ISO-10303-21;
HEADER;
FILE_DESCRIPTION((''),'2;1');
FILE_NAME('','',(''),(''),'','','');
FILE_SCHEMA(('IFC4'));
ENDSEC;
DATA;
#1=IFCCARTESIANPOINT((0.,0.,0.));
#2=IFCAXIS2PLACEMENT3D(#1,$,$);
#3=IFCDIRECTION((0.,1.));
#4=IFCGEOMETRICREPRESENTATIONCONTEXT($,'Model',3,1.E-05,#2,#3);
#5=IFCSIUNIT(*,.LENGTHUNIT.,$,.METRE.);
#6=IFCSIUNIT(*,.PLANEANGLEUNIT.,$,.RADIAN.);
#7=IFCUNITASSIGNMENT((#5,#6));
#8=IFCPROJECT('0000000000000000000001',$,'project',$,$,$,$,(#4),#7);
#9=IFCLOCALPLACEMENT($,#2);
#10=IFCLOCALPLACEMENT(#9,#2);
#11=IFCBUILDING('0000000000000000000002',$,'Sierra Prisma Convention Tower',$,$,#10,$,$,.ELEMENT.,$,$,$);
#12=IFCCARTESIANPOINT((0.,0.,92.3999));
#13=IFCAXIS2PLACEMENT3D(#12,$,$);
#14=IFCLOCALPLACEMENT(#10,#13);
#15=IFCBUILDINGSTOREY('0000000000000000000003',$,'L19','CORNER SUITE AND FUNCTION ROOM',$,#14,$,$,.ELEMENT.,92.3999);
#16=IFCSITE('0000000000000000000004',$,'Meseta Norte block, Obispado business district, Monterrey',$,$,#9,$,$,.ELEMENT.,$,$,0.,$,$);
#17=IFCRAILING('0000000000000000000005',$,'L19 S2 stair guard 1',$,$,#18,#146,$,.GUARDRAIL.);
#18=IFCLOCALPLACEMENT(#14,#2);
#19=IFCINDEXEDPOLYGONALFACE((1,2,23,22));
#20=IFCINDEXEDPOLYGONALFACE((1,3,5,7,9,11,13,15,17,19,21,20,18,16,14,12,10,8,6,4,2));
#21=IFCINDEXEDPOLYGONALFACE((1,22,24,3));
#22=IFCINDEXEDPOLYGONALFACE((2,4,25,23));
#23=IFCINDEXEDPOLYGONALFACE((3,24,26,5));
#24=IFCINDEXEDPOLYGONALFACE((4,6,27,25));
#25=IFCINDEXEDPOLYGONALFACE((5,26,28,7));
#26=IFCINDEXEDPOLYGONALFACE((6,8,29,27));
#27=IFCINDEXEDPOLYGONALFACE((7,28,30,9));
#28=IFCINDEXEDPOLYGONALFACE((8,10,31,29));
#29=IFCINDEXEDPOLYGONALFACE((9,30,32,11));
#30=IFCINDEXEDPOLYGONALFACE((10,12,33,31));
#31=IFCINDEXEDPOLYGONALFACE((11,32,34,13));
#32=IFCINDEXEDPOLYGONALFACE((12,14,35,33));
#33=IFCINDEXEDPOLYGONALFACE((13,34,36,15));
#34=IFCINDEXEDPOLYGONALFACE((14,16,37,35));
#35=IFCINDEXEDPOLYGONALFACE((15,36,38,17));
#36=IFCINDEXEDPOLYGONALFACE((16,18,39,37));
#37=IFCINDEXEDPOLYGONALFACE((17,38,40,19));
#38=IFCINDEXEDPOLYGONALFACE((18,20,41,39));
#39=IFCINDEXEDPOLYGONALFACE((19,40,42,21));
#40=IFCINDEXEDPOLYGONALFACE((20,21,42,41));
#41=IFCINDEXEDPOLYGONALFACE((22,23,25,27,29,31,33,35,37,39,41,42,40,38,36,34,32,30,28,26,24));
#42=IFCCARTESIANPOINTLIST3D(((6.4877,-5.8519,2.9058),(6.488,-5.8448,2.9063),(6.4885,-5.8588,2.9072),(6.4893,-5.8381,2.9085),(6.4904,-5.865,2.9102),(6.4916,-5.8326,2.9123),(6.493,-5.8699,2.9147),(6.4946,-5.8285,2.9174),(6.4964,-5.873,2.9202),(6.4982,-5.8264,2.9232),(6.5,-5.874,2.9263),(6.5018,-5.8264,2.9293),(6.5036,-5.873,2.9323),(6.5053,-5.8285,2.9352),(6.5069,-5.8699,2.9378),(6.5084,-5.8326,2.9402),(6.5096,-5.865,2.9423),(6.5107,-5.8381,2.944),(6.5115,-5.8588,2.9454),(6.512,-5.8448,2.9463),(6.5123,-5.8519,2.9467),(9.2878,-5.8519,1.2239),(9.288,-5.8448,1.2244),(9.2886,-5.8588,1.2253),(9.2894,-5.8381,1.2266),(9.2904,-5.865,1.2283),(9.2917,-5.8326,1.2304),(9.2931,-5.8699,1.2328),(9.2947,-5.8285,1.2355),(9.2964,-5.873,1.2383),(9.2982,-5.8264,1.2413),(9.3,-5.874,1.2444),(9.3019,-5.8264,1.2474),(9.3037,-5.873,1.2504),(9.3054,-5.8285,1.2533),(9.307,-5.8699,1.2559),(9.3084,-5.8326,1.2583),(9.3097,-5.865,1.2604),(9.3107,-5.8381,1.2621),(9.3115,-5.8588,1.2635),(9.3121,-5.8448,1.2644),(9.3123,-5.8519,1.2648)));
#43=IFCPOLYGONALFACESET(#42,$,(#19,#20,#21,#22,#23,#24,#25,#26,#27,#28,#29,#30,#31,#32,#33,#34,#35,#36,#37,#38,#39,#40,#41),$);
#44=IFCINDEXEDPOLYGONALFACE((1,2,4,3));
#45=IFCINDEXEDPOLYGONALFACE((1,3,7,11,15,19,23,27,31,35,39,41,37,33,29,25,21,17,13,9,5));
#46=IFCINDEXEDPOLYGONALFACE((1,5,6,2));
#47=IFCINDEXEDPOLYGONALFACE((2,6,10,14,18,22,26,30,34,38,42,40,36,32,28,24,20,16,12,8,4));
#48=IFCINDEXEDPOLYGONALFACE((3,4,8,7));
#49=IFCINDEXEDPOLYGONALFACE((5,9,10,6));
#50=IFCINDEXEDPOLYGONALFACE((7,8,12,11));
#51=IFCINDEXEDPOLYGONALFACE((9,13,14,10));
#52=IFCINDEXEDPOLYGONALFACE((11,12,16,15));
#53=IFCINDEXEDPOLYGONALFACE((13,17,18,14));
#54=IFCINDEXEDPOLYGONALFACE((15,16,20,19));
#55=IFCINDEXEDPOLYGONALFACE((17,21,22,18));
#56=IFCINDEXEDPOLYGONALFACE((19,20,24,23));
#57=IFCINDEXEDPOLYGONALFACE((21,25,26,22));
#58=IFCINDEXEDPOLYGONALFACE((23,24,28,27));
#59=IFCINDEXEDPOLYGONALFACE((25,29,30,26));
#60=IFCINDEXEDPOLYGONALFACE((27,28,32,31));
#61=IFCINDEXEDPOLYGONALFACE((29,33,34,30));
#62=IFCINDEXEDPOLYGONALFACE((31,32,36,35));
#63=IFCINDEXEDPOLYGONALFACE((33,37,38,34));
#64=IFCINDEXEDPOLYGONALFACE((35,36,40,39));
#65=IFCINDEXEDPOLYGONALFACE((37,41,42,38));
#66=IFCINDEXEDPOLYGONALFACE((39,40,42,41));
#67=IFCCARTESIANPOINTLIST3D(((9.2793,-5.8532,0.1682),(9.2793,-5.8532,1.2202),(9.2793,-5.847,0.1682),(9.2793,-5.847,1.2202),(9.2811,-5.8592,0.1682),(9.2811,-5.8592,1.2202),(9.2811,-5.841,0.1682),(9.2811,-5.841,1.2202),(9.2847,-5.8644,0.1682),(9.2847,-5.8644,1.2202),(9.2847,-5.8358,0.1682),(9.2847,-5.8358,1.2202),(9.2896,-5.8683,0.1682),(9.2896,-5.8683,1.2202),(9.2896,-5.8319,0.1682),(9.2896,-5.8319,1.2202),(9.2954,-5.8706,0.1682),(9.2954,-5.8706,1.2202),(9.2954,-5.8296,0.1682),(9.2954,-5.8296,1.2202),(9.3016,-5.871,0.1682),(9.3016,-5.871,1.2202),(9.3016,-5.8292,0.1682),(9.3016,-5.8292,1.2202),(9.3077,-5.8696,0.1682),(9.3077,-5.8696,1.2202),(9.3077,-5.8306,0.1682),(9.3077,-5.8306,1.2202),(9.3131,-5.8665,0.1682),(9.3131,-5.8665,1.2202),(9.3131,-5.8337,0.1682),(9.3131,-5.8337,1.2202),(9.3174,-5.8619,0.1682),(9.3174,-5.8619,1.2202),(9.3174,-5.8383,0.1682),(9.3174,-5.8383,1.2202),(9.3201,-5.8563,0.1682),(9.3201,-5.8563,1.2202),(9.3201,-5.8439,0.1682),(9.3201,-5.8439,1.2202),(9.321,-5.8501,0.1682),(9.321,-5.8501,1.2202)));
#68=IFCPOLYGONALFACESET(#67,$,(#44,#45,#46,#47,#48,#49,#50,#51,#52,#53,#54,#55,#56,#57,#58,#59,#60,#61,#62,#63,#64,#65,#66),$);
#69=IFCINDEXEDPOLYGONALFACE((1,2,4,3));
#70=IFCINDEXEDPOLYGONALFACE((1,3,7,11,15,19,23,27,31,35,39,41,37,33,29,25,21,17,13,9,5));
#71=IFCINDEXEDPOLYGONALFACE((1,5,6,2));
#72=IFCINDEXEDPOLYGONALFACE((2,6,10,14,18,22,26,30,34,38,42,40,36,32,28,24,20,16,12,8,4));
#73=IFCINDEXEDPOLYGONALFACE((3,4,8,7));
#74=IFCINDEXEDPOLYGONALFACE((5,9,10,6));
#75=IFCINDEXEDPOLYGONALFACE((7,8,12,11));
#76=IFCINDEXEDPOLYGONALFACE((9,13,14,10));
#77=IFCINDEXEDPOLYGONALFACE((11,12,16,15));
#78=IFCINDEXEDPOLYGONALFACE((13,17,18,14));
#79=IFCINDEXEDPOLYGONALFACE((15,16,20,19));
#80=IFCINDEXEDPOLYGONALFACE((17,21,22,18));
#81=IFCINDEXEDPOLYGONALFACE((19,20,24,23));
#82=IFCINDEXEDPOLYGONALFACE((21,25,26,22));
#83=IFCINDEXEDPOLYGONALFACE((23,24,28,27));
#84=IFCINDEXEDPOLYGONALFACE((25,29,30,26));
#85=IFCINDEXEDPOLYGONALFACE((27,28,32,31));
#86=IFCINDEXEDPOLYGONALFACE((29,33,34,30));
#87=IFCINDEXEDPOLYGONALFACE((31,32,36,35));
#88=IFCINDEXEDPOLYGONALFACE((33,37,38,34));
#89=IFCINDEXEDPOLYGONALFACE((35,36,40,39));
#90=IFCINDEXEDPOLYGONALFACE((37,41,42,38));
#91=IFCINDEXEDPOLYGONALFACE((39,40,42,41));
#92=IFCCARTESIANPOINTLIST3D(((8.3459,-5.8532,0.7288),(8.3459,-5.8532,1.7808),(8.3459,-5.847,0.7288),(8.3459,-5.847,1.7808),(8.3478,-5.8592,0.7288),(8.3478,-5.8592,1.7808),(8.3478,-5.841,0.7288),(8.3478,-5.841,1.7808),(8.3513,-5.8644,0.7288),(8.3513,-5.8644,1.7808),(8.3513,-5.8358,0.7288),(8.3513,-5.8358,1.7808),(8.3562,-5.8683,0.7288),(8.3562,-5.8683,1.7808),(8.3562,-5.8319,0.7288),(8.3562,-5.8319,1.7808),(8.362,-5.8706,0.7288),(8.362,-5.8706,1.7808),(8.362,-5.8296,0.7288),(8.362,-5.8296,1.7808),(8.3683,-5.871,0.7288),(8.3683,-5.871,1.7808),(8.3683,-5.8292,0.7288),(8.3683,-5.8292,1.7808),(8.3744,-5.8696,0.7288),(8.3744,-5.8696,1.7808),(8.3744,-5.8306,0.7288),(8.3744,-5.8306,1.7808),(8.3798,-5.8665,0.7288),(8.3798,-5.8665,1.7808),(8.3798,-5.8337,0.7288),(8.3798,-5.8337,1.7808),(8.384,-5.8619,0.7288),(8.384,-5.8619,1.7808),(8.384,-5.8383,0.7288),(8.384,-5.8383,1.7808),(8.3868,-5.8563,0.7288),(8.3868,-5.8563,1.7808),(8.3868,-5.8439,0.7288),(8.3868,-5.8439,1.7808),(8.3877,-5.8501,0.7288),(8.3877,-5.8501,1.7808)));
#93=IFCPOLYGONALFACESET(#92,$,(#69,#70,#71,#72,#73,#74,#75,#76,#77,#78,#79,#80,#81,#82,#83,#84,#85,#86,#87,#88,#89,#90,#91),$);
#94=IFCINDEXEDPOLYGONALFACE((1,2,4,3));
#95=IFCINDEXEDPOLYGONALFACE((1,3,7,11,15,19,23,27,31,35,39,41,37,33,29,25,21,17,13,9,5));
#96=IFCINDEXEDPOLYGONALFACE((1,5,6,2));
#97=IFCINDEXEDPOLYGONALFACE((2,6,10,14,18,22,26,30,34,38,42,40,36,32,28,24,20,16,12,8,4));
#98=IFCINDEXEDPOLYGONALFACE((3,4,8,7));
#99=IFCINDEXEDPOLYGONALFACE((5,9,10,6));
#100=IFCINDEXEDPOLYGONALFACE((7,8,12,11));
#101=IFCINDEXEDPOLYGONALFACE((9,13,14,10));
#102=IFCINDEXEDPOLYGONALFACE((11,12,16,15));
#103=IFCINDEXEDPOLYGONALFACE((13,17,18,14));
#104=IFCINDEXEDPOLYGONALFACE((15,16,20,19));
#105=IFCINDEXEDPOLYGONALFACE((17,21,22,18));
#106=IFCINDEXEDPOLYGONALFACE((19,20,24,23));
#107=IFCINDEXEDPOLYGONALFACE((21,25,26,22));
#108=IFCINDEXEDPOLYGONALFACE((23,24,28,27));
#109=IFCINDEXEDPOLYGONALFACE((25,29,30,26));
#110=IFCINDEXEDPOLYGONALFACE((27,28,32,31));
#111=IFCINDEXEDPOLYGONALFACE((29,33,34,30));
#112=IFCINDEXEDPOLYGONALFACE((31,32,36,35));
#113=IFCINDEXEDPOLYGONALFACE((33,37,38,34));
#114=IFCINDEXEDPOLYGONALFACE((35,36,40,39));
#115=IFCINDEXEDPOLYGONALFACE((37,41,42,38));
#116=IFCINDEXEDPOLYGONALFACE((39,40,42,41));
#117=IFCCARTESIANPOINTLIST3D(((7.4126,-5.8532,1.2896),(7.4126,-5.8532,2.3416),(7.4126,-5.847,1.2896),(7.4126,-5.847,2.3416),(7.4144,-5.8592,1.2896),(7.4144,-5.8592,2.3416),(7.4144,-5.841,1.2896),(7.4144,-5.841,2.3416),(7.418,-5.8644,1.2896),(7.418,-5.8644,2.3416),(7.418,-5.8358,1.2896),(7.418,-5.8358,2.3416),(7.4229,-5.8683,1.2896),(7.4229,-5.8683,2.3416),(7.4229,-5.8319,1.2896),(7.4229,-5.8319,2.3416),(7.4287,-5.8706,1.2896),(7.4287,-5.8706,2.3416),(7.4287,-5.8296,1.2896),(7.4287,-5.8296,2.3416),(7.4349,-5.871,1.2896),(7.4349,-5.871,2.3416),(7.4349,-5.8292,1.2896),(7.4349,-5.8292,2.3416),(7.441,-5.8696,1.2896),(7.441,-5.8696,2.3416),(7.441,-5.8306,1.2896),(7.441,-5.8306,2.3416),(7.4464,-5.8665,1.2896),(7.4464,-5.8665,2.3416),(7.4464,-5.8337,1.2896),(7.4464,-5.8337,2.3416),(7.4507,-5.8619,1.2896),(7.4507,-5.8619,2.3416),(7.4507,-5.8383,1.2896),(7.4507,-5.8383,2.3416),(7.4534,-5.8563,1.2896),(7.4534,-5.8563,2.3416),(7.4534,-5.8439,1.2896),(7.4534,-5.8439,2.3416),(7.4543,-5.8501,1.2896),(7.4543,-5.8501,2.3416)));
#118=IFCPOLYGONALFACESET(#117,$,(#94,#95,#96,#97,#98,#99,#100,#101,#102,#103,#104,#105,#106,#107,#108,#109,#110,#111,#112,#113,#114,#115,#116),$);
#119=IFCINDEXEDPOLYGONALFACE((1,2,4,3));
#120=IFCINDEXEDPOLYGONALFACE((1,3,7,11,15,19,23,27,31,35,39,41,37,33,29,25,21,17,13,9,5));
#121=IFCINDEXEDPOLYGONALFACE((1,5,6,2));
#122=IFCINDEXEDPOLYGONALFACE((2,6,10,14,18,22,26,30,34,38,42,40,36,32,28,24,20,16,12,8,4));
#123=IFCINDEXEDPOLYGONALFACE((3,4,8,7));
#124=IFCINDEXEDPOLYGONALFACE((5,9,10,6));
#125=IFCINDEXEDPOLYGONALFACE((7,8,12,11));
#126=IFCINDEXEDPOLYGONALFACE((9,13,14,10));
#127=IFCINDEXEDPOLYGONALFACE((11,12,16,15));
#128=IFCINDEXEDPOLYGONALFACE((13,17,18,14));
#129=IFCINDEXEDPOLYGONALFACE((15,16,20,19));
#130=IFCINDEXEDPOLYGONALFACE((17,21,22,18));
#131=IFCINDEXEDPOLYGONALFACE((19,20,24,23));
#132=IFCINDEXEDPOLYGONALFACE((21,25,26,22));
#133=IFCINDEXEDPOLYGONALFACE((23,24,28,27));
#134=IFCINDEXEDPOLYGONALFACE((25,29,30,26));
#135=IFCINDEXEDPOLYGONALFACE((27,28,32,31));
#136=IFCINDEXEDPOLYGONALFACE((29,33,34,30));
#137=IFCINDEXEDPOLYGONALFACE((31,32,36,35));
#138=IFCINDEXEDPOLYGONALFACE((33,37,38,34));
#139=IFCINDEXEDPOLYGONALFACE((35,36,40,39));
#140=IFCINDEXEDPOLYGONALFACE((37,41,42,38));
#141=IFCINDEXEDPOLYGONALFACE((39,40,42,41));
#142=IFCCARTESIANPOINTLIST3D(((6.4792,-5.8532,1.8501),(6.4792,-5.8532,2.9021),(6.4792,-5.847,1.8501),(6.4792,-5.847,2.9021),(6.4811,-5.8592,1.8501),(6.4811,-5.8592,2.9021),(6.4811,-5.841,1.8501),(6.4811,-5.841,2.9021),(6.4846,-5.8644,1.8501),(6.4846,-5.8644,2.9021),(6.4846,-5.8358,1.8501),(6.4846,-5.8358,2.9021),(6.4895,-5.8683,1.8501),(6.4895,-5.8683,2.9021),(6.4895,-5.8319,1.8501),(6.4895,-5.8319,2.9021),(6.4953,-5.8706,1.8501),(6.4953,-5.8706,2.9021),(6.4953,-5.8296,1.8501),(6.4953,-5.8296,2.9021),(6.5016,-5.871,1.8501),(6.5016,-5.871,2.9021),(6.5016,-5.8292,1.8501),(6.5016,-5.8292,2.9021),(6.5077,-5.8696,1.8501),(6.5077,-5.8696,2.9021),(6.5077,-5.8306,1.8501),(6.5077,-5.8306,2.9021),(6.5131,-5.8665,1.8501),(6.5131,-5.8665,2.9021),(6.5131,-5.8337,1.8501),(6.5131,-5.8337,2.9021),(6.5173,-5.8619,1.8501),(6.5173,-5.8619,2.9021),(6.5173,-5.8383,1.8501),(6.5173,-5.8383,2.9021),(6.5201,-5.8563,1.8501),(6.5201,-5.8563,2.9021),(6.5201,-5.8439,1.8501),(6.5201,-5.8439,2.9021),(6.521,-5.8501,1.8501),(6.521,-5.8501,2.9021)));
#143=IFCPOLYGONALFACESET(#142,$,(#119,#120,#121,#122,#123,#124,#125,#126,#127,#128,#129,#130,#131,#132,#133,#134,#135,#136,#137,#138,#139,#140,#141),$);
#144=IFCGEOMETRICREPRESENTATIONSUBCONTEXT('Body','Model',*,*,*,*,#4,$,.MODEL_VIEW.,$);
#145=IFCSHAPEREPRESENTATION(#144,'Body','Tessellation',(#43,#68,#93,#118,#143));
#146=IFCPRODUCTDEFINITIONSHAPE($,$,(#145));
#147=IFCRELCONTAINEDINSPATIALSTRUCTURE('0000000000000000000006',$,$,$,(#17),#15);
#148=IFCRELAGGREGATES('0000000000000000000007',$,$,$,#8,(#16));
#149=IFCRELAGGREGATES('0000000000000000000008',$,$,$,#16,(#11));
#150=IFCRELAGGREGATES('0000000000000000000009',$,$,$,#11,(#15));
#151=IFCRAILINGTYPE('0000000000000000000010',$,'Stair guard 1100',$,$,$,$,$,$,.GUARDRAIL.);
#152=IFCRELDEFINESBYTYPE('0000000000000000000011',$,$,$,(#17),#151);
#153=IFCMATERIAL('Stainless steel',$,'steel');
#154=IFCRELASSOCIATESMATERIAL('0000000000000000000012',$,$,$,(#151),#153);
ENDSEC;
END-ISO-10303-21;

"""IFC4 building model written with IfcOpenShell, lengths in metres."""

from ifc_helpers import new_model, si_unit, direction, frame, origin, origin_2d, place, context, subcontext, project, spatial, circle, extrude, material, type_object, element, save


model = new_model("IFC4")

# Units and contexts
model_context = context("Model", 3, precision=1e-05, world=origin(), true_north=direction((0.0, 1.0)))
body_context = subcontext(model_context, "Body", "Model", "MODEL_VIEW")
ifc_project = project(units=[si_unit("LENGTHUNIT", "METRE"), si_unit("PLANEANGLEUNIT", "RADIAN")], contexts=[model_context])

# Site, building, storey
site_placement = place(None, origin())
site = spatial("IfcSite", under=ifc_project, at=site_placement, Name="Meseta Norte block, Obispado business district, Monterrey", CompositionType="ELEMENT", RefElevation=0.0)
building_placement = place(site_placement, origin())
building = spatial("IfcBuilding", under=site, at=building_placement, Name="Sierra Prisma Convention Tower", CompositionType="ELEMENT")
storey_placement = place(building_placement, frame((0.0, 0.0, 92.3999)))
storey = spatial("IfcBuildingStorey", under=building, at=storey_placement, Name="L19", Description="CORNER SUITE AND FUNCTION ROOM", CompositionType="ELEMENT", Elevation=92.3999)

# Railing
ifc_material_1 = material(Name="Stainless steel", Category="steel")
railing_type_1 = type_object("IfcRailingType", Name="Stair guard 1100", PredefinedType="GUARDRAIL", material=ifc_material_1)
railing_1_placement = place(storey_placement, frame((9.3, -5.8501, 0.1682)))
element("IfcRailing", 1, at=railing_1_placement, inside=storey, type_object=railing_type_1, Name="L19 S2 stair guard 1", PredefinedType="GUARDRAIL", context=body_context, shape_type="SweptSolid", body=[
    extrude(circle(Radius=0.0239, at=origin_2d()), frame((0.0, 0.0, 1.0762), z_axis=(-0.857242, 0.0, 0.514913), x_axis=(0.0, -1.0, 0.0)), (0.0, 0.0, 1.0), 3.2664),
    extrude(circle(Radius=0.021, at=origin_2d()), origin(), (0.0, 0.0, 1.0), 1.052),
    extrude(circle(Radius=0.021, at=origin_2d()), frame((-0.9333, 0.0, 0.5605)), (0.0, 0.0, 1.0), 1.052),
    extrude(circle(Radius=0.021, at=origin_2d()), frame((-1.8667, 0.0, 1.1213)), (0.0, 0.0, 1.0), 1.052),
    extrude(circle(Radius=0.021, at=origin_2d()), frame((-2.8, 0.0, 1.6819)), (0.0, 0.0, 1.0), 1.052),
])

save(model, "model.ifc")
